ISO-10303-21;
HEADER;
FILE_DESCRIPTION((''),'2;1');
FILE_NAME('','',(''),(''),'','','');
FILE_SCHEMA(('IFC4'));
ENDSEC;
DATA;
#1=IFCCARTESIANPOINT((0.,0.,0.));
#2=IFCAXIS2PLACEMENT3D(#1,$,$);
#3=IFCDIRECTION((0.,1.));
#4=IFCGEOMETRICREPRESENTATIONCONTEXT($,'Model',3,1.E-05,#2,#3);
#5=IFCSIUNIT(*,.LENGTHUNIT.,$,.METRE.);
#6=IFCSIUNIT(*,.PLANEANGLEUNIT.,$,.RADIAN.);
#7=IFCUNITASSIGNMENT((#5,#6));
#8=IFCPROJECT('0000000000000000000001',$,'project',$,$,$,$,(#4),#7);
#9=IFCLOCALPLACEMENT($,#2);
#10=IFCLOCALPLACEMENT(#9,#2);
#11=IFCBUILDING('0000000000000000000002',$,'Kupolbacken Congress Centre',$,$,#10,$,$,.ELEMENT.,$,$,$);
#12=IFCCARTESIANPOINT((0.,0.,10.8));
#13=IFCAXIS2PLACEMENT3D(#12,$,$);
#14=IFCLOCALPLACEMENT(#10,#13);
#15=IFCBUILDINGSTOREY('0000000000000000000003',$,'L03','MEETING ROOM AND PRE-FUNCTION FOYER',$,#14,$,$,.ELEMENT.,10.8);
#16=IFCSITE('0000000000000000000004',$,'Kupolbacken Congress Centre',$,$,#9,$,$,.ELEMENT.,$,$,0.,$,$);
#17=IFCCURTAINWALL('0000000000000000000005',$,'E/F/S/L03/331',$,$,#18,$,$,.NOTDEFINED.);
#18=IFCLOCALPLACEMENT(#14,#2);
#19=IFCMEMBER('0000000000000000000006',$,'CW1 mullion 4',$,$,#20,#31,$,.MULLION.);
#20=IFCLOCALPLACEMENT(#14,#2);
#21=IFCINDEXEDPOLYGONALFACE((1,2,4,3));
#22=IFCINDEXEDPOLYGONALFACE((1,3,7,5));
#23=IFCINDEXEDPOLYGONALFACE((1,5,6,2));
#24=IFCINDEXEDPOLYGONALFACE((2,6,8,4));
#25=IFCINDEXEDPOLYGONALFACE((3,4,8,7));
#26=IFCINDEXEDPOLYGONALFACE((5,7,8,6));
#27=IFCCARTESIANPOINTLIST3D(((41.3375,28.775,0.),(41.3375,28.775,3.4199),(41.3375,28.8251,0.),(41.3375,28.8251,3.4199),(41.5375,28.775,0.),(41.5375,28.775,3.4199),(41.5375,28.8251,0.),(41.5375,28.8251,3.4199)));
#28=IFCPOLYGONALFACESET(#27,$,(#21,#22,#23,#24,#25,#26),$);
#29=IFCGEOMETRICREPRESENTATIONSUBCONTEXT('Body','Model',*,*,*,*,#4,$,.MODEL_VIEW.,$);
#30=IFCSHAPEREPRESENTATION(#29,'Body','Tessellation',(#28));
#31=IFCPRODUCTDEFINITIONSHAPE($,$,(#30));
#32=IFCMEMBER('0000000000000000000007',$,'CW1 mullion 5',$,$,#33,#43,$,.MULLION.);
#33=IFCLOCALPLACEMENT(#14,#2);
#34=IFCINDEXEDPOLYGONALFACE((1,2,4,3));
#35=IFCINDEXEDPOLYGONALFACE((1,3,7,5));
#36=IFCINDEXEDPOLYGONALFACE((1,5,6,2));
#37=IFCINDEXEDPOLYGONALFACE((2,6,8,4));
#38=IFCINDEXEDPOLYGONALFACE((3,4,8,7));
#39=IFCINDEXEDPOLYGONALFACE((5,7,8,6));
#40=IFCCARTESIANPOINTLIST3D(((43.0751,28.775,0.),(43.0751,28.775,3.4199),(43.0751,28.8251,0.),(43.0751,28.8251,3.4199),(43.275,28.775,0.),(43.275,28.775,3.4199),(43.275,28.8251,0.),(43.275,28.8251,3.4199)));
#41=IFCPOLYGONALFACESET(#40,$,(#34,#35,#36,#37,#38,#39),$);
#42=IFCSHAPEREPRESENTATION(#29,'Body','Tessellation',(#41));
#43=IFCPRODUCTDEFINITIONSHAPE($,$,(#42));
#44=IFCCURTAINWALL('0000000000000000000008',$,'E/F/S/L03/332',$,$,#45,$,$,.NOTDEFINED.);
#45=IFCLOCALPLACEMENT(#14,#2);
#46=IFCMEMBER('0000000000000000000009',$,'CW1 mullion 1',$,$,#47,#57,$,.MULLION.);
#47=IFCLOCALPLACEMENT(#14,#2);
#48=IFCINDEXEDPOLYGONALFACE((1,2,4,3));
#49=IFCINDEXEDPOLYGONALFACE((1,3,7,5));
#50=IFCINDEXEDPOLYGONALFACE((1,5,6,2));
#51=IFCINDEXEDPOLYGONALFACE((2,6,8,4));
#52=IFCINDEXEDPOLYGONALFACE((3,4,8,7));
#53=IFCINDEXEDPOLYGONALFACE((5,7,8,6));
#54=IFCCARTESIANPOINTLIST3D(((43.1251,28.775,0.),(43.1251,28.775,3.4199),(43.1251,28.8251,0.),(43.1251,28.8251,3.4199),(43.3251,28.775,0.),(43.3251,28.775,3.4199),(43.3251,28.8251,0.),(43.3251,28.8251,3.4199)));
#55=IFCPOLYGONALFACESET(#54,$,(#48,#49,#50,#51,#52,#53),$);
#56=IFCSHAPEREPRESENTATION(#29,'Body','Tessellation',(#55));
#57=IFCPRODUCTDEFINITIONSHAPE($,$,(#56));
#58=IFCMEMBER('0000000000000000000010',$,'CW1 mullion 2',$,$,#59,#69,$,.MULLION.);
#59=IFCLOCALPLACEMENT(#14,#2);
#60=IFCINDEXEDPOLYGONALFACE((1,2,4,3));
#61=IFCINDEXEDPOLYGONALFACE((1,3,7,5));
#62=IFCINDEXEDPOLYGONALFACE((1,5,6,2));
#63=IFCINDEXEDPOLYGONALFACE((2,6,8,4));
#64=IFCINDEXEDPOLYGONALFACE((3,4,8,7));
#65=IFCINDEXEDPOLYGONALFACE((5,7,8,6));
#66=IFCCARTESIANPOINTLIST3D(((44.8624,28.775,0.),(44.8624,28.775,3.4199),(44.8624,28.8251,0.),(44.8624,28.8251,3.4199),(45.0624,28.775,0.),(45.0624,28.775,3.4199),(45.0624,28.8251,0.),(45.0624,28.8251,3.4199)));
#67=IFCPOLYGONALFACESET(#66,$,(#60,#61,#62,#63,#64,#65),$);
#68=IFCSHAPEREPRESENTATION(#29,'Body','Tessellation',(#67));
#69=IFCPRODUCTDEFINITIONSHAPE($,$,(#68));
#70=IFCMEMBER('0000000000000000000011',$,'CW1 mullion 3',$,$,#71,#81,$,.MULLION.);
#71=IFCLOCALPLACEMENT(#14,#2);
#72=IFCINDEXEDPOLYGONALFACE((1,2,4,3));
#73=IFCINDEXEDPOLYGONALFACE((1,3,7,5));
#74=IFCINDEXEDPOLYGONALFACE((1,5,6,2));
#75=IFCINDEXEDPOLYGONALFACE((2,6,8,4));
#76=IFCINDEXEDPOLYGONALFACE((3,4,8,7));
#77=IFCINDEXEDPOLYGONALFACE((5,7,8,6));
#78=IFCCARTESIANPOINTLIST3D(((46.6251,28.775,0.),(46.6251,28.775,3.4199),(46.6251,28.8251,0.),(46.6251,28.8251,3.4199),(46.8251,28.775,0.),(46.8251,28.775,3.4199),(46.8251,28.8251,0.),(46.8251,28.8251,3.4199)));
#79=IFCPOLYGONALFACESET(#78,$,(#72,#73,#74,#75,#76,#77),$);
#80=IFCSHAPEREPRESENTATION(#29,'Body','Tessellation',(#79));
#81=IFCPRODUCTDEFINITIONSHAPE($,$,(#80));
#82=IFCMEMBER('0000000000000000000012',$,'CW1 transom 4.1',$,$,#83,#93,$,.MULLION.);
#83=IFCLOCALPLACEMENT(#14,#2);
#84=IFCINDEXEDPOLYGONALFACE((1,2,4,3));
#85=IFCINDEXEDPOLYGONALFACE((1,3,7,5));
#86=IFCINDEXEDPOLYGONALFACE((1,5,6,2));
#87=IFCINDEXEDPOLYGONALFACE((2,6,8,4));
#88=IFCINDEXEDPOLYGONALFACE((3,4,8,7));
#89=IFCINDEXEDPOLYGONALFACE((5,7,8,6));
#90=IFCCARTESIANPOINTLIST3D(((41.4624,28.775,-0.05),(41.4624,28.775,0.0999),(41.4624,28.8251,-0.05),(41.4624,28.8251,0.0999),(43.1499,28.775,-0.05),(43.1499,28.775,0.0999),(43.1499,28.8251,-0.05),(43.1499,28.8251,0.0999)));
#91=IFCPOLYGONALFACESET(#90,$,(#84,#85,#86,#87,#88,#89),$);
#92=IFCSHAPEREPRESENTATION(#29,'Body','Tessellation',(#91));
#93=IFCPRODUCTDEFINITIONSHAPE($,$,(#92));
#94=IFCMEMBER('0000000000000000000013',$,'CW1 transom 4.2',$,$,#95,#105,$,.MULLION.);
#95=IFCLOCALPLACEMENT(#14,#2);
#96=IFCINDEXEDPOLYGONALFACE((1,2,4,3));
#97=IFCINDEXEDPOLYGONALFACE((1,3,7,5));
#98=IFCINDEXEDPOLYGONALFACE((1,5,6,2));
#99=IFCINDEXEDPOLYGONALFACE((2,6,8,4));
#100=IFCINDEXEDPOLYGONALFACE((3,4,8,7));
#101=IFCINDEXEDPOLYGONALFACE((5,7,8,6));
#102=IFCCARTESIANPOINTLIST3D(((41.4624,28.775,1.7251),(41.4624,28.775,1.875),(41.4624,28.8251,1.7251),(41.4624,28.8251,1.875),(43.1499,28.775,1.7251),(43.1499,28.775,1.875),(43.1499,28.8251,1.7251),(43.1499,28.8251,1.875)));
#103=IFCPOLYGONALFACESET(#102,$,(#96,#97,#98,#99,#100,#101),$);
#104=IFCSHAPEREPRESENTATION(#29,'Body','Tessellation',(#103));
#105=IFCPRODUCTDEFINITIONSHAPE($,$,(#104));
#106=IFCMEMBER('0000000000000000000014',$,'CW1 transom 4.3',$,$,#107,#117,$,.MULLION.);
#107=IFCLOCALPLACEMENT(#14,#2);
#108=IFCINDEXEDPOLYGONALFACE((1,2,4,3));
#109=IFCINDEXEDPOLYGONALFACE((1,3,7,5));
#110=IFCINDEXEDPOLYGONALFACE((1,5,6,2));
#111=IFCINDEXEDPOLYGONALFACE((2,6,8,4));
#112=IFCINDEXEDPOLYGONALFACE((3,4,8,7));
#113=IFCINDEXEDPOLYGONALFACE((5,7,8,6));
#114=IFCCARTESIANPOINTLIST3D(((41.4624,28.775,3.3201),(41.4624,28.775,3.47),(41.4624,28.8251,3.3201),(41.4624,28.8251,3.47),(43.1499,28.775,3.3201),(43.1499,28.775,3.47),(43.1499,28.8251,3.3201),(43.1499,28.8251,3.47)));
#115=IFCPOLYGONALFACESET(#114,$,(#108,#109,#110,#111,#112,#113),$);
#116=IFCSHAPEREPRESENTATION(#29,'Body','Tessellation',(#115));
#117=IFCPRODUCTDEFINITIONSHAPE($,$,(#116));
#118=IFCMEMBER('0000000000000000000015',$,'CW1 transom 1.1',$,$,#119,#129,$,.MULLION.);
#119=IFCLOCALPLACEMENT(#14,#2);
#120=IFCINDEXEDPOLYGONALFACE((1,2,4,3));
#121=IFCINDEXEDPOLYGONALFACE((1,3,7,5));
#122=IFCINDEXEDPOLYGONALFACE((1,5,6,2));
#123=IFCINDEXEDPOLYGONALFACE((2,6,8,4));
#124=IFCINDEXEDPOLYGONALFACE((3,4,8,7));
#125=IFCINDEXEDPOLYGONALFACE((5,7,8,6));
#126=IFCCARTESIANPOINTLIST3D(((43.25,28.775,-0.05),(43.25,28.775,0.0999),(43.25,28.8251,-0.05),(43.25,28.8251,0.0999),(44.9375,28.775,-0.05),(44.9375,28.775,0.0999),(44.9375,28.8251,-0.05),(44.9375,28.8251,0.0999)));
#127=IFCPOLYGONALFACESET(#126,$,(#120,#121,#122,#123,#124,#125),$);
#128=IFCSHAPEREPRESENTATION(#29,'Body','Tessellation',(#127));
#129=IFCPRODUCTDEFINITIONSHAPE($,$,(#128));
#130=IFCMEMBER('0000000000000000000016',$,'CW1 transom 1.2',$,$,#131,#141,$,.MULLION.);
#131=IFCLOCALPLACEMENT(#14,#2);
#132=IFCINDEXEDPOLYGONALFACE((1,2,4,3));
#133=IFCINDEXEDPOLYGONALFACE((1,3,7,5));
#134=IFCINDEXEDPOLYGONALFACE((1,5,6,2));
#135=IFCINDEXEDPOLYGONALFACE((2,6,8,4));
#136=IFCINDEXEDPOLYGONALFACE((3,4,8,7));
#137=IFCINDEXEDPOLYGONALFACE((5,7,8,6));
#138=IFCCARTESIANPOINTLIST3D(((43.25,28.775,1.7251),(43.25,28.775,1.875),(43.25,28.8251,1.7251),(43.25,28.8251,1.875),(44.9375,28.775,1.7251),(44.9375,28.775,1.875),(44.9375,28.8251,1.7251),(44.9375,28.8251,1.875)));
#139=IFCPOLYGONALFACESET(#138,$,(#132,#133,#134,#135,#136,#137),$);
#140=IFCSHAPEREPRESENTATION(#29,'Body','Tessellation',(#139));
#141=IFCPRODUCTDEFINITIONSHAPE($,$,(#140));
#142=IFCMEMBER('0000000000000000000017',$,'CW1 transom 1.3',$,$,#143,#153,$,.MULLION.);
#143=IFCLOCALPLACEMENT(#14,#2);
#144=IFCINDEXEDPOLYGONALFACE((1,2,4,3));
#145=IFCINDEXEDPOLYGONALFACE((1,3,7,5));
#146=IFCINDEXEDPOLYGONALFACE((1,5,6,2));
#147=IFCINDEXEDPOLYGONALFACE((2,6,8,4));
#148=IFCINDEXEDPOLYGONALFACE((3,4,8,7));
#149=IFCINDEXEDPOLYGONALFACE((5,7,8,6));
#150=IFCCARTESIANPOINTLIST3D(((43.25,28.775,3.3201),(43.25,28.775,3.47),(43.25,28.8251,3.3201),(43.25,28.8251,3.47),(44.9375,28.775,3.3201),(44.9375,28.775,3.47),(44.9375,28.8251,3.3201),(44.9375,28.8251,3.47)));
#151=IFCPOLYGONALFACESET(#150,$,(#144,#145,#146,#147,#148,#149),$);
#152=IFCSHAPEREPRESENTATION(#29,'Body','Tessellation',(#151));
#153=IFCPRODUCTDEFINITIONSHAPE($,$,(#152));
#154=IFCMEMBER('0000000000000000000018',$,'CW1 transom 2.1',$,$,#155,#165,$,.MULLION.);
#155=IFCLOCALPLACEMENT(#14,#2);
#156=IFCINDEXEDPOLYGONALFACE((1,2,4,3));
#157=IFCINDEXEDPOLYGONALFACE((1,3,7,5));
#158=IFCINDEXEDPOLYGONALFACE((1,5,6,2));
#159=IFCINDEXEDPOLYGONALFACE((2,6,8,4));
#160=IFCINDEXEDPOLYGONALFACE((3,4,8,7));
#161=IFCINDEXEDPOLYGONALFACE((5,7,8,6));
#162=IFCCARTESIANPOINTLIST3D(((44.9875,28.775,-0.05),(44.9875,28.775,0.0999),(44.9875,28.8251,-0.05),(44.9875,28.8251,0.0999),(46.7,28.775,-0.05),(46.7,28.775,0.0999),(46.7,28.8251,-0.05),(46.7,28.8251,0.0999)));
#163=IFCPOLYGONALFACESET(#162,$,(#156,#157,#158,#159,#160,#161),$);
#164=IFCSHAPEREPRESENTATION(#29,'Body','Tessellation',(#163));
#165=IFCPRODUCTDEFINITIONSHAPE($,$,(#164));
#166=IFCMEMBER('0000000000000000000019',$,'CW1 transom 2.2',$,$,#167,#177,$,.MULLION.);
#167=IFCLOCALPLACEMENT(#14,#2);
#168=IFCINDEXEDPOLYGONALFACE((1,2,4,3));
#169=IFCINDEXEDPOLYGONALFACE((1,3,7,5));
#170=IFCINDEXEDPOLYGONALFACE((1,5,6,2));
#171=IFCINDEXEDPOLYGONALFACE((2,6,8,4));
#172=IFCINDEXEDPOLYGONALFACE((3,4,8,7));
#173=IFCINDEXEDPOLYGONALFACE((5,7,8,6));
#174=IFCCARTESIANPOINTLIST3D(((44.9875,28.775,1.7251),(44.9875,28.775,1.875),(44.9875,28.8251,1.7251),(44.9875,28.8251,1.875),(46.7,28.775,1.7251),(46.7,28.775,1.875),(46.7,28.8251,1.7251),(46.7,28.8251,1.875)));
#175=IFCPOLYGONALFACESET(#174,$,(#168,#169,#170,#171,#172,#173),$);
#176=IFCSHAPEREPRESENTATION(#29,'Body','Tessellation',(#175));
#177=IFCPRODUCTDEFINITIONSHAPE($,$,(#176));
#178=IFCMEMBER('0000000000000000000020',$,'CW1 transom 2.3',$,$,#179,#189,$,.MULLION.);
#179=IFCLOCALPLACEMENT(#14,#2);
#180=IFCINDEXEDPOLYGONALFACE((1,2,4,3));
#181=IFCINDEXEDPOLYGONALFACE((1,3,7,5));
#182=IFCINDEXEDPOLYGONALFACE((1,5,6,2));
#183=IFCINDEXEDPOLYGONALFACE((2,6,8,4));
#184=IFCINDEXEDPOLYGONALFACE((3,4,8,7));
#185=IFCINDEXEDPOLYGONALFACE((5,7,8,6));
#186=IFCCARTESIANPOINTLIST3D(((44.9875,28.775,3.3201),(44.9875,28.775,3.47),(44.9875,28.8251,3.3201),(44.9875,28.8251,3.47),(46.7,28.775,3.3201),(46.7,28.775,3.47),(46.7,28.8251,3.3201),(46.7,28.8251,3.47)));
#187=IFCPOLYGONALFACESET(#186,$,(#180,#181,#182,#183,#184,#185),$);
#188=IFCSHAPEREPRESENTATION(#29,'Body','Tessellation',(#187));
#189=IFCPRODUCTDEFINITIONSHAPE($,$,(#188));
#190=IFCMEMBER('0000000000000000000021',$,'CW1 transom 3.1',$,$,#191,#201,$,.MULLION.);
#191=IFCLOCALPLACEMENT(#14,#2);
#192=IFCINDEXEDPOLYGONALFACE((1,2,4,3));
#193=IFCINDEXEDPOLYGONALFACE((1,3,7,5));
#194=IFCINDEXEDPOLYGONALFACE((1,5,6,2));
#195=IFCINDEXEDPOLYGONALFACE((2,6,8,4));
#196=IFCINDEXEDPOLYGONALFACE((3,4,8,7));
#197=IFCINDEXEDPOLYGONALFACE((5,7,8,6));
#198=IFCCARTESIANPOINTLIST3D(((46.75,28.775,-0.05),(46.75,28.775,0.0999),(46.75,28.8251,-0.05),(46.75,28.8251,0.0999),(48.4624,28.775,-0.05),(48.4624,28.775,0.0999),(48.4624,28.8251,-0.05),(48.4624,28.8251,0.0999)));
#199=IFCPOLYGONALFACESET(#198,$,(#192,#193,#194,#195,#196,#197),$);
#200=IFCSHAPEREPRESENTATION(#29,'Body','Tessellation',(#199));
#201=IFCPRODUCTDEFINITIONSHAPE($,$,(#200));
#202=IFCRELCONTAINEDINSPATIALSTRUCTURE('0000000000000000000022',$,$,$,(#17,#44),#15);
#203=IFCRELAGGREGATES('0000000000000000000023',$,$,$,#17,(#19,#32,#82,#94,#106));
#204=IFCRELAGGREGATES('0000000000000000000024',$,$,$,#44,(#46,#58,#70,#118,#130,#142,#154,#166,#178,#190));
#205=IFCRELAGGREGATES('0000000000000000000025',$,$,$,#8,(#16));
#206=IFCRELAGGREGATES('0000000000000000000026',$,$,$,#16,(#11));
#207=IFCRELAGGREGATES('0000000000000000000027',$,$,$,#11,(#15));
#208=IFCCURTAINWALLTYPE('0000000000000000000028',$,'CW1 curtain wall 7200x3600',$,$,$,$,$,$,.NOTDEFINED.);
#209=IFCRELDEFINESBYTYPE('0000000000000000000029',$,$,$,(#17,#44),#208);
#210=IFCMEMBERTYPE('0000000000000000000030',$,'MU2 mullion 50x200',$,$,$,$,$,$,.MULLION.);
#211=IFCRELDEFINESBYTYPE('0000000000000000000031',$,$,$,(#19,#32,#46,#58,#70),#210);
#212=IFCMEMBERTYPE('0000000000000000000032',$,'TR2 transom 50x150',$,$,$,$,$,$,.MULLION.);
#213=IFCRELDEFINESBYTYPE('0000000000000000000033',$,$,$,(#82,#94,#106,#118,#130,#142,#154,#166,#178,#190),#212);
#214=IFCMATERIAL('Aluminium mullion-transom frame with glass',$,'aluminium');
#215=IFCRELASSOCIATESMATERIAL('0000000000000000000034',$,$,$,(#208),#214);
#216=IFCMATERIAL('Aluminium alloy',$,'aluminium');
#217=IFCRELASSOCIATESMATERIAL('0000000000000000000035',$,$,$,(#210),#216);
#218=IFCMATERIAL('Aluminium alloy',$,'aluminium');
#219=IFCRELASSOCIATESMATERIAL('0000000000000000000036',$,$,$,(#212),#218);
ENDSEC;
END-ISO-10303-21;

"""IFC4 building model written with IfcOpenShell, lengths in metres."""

from ifc_helpers import new_model, si_unit, direction, frame, origin, origin_2d, place, context, subcontext, project, spatial, rectangle, extrude, material, material_profile, profile_set, type_object, element, aggregate, save


model = new_model("IFC4")

# Units and contexts
model_context = context("Model", 3, precision=1e-05, world=origin(), true_north=direction((0.0, 1.0)))
body_context = subcontext(model_context, "Body", "Model", "MODEL_VIEW")
ifc_project = project(units=[si_unit("LENGTHUNIT", "METRE"), si_unit("PLANEANGLEUNIT", "RADIAN")], contexts=[model_context])

# Site, building, storey
site_placement = place(None, origin())
site = spatial("IfcSite", under=ifc_project, at=site_placement, Name="Kupolbacken Congress Centre", CompositionType="ELEMENT", RefElevation=0.0)
building_placement = place(site_placement, origin())
building = spatial("IfcBuilding", under=site, at=building_placement, Name="Kupolbacken Congress Centre", CompositionType="ELEMENT")
storey_placement = place(building_placement, frame((0.0, 0.0, 10.8)))
storey = spatial("IfcBuildingStorey", under=building, at=storey_placement, Name="L03", Description="MEETING ROOM AND PRE-FUNCTION FOYER", CompositionType="ELEMENT", Elevation=10.8)

# Curtain walls, members
ifc_material_1 = material(Name="Aluminium mullion-transom frame with glass", Category="aluminium")
curtain_wall_type = type_object("IfcCurtainWallType", Name="CW1 curtain wall 7200x3600", PredefinedType="NOTDEFINED", material=ifc_material_1)
curtain_wall_1_placement = place(storey_placement, origin())
curtain_wall_1 = element("IfcCurtainWall", 1, at=curtain_wall_1_placement, inside=storey, type_object=curtain_wall_type, Name="E/F/S/L03/331", PredefinedType="NOTDEFINED")
ifc_material_2 = material(Name="Aluminium alloy", Category="aluminium")
ifc_material_profile_1 = material_profile(ifc_material_2, rectangle(XDim=0.05, YDim=0.2, at=origin_2d()), Name="50 x 200")
ifc_profile_set_1 = profile_set([ifc_material_profile_1], Name="Aluminium alloy")
member_type_1 = type_object("IfcMemberType", Name="MU2 mullion 50x200", PredefinedType="MULLION", material=ifc_profile_set_1)
member_1_placement = place(storey_placement, frame((41.4375, 28.8, 0.0), z_axis=(0.0, 0.0, 1.0), x_axis=(0.0, 1.0, 0.0)))
member_1 = element("IfcMember", 2, at=member_1_placement, type_object=member_type_1, Name="CW1 mullion 4", PredefinedType="MULLION", context=body_context, shape_type="SweptSolid", body=[
    extrude(rectangle(XDim=0.05, YDim=0.2, at=origin_2d()), origin(), (0.0, 0.0, 1.0), 3.4199),
])
member_2_placement = place(storey_placement, frame((43.175, 28.8, 0.0), z_axis=(0.0, 0.0, 1.0), x_axis=(0.0, 1.0, 0.0)))
member_2 = element("IfcMember", 3, at=member_2_placement, type_object=member_type_1, Name="CW1 mullion 5", PredefinedType="MULLION", context=body_context, shape_type="SweptSolid", body=[
    extrude(rectangle(XDim=0.05, YDim=0.2, at=origin_2d()), origin(), (0.0, 0.0, 1.0), 3.4199),
])
curtain_wall_2_placement = place(storey_placement, origin())
curtain_wall_2 = element("IfcCurtainWall", 4, at=curtain_wall_2_placement, inside=storey, type_object=curtain_wall_type, Name="E/F/S/L03/332", PredefinedType="NOTDEFINED")
member_3_placement = place(storey_placement, frame((43.2251, 28.8, 0.0), z_axis=(0.0, 0.0, 1.0), x_axis=(0.0, 1.0, 0.0)))
member_3 = element("IfcMember", 5, at=member_3_placement, type_object=member_type_1, Name="CW1 mullion 1", PredefinedType="MULLION", context=body_context, shape_type="SweptSolid", body=[
    extrude(rectangle(XDim=0.05, YDim=0.2, at=origin_2d()), origin(), (0.0, 0.0, 1.0), 3.4199),
])
member_4_placement = place(storey_placement, frame((44.9624, 28.8, 0.0), z_axis=(0.0, 0.0, 1.0), x_axis=(0.0, 1.0, 0.0)))
member_4 = element("IfcMember", 6, at=member_4_placement, type_object=member_type_1, Name="CW1 mullion 2", PredefinedType="MULLION", context=body_context, shape_type="SweptSolid", body=[
    extrude(rectangle(XDim=0.05, YDim=0.2, at=origin_2d()), origin(), (0.0, 0.0, 1.0), 3.4199),
])
member_5_placement = place(storey_placement, frame((46.7251, 28.8, 0.0), z_axis=(0.0, 0.0, 1.0), x_axis=(0.0, 1.0, 0.0)))
member_5 = element("IfcMember", 7, at=member_5_placement, type_object=member_type_1, Name="CW1 mullion 3", PredefinedType="MULLION", context=body_context, shape_type="SweptSolid", body=[
    extrude(rectangle(XDim=0.05, YDim=0.2, at=origin_2d()), origin(), (0.0, 0.0, 1.0), 3.4199),
])

# Members
ifc_material_3 = material(Name="Aluminium alloy", Category="aluminium")
ifc_material_profile_2 = material_profile(ifc_material_3, rectangle(XDim=0.05, YDim=0.1499, at=origin_2d()), Name="50 x 150")
ifc_profile_set_2 = profile_set([ifc_material_profile_2], Name="Aluminium alloy")
member_type_2 = type_object("IfcMemberType", Name="TR2 transom 50x150", PredefinedType="MULLION", material=ifc_profile_set_2)
member_6_placement = place(storey_placement, frame((41.4624, 28.8, 0.0249), z_axis=(1.0, 0.0, 0.0), x_axis=(0.0, 1.0, 0.0)))
member_6 = element("IfcMember", 8, at=member_6_placement, type_object=member_type_2, Name="CW1 transom 4.1", PredefinedType="MULLION", context=body_context, shape_type="SweptSolid", body=[
    extrude(rectangle(XDim=0.05, YDim=0.1499, at=origin_2d()), origin(), (0.0, 0.0, 1.0), 1.6875),
])
member_7_placement = place(storey_placement, frame((41.4624, 28.8, 1.8), z_axis=(1.0, 0.0, 0.0), x_axis=(0.0, 1.0, 0.0)))
member_7 = element("IfcMember", 9, at=member_7_placement, type_object=member_type_2, Name="CW1 transom 4.2", PredefinedType="MULLION", context=body_context, shape_type="SweptSolid", body=[
    extrude(rectangle(XDim=0.05, YDim=0.1499, at=origin_2d()), origin(), (0.0, 0.0, 1.0), 1.6875),
])
member_8_placement = place(storey_placement, frame((41.4624, 28.8, 3.395), z_axis=(1.0, 0.0, 0.0), x_axis=(0.0, 1.0, 0.0)))
member_8 = element("IfcMember", 10, at=member_8_placement, type_object=member_type_2, Name="CW1 transom 4.3", PredefinedType="MULLION", context=body_context, shape_type="SweptSolid", body=[
    extrude(rectangle(XDim=0.05, YDim=0.1499, at=origin_2d()), origin(), (0.0, 0.0, 1.0), 1.6875),
])
member_9_placement = place(storey_placement, frame((43.25, 28.8, 0.0249), z_axis=(1.0, 0.0, 0.0), x_axis=(0.0, 1.0, 0.0)))
member_9 = element("IfcMember", 11, at=member_9_placement, type_object=member_type_2, Name="CW1 transom 1.1", PredefinedType="MULLION", context=body_context, shape_type="SweptSolid", body=[
    extrude(rectangle(XDim=0.05, YDim=0.1499, at=origin_2d()), origin(), (0.0, 0.0, 1.0), 1.6875),
])
member_10_placement = place(storey_placement, frame((43.25, 28.8, 1.8), z_axis=(1.0, 0.0, 0.0), x_axis=(0.0, 1.0, 0.0)))
member_10 = element("IfcMember", 12, at=member_10_placement, type_object=member_type_2, Name="CW1 transom 1.2", PredefinedType="MULLION", context=body_context, shape_type="SweptSolid", body=[
    extrude(rectangle(XDim=0.05, YDim=0.1499, at=origin_2d()), origin(), (0.0, 0.0, 1.0), 1.6875),
])
member_11_placement = place(storey_placement, frame((43.25, 28.8, 3.395), z_axis=(1.0, 0.0, 0.0), x_axis=(0.0, 1.0, 0.0)))
member_11 = element("IfcMember", 13, at=member_11_placement, type_object=member_type_2, Name="CW1 transom 1.3", PredefinedType="MULLION", context=body_context, shape_type="SweptSolid", body=[
    extrude(rectangle(XDim=0.05, YDim=0.1499, at=origin_2d()), origin(), (0.0, 0.0, 1.0), 1.6875),
])
member_12_placement = place(storey_placement, frame((44.9875, 28.8, 0.0249), z_axis=(1.0, 0.0, 0.0), x_axis=(0.0, 1.0, 0.0)))
member_12 = element("IfcMember", 14, at=member_12_placement, type_object=member_type_2, Name="CW1 transom 2.1", PredefinedType="MULLION", context=body_context, shape_type="SweptSolid", body=[
    extrude(rectangle(XDim=0.05, YDim=0.1499, at=origin_2d()), origin(), (0.0, 0.0, 1.0), 1.7124),
])
member_13_placement = place(storey_placement, frame((44.9875, 28.8, 1.8), z_axis=(1.0, 0.0, 0.0), x_axis=(0.0, 1.0, 0.0)))
member_13 = element("IfcMember", 15, at=member_13_placement, type_object=member_type_2, Name="CW1 transom 2.2", PredefinedType="MULLION", context=body_context, shape_type="SweptSolid", body=[
    extrude(rectangle(XDim=0.05, YDim=0.1499, at=origin_2d()), origin(), (0.0, 0.0, 1.0), 1.7124),
])
member_14_placement = place(storey_placement, frame((44.9875, 28.8, 3.395), z_axis=(1.0, 0.0, 0.0), x_axis=(0.0, 1.0, 0.0)))
member_14 = element("IfcMember", 16, at=member_14_placement, type_object=member_type_2, Name="CW1 transom 2.3", PredefinedType="MULLION", context=body_context, shape_type="SweptSolid", body=[
    extrude(rectangle(XDim=0.05, YDim=0.1499, at=origin_2d()), origin(), (0.0, 0.0, 1.0), 1.7124),
])
member_15_placement = place(storey_placement, frame((46.75, 28.8, 0.0249), z_axis=(1.0, 0.0, 0.0), x_axis=(0.0, 1.0, 0.0)))
member_15 = element("IfcMember", 17, at=member_15_placement, type_object=member_type_2, Name="CW1 transom 3.1", PredefinedType="MULLION", context=body_context, shape_type="SweptSolid", body=[
    extrude(rectangle(XDim=0.05, YDim=0.1499, at=origin_2d()), origin(), (0.0, 0.0, 1.0), 1.7124),
])

aggregate(curtain_wall_1, [member_1, member_2, member_6, member_7, member_8])
aggregate(curtain_wall_2, [member_3, member_4, member_5, member_9, member_10, member_11, member_12, member_13, member_14, member_15])

save(model, "model.ifc")
